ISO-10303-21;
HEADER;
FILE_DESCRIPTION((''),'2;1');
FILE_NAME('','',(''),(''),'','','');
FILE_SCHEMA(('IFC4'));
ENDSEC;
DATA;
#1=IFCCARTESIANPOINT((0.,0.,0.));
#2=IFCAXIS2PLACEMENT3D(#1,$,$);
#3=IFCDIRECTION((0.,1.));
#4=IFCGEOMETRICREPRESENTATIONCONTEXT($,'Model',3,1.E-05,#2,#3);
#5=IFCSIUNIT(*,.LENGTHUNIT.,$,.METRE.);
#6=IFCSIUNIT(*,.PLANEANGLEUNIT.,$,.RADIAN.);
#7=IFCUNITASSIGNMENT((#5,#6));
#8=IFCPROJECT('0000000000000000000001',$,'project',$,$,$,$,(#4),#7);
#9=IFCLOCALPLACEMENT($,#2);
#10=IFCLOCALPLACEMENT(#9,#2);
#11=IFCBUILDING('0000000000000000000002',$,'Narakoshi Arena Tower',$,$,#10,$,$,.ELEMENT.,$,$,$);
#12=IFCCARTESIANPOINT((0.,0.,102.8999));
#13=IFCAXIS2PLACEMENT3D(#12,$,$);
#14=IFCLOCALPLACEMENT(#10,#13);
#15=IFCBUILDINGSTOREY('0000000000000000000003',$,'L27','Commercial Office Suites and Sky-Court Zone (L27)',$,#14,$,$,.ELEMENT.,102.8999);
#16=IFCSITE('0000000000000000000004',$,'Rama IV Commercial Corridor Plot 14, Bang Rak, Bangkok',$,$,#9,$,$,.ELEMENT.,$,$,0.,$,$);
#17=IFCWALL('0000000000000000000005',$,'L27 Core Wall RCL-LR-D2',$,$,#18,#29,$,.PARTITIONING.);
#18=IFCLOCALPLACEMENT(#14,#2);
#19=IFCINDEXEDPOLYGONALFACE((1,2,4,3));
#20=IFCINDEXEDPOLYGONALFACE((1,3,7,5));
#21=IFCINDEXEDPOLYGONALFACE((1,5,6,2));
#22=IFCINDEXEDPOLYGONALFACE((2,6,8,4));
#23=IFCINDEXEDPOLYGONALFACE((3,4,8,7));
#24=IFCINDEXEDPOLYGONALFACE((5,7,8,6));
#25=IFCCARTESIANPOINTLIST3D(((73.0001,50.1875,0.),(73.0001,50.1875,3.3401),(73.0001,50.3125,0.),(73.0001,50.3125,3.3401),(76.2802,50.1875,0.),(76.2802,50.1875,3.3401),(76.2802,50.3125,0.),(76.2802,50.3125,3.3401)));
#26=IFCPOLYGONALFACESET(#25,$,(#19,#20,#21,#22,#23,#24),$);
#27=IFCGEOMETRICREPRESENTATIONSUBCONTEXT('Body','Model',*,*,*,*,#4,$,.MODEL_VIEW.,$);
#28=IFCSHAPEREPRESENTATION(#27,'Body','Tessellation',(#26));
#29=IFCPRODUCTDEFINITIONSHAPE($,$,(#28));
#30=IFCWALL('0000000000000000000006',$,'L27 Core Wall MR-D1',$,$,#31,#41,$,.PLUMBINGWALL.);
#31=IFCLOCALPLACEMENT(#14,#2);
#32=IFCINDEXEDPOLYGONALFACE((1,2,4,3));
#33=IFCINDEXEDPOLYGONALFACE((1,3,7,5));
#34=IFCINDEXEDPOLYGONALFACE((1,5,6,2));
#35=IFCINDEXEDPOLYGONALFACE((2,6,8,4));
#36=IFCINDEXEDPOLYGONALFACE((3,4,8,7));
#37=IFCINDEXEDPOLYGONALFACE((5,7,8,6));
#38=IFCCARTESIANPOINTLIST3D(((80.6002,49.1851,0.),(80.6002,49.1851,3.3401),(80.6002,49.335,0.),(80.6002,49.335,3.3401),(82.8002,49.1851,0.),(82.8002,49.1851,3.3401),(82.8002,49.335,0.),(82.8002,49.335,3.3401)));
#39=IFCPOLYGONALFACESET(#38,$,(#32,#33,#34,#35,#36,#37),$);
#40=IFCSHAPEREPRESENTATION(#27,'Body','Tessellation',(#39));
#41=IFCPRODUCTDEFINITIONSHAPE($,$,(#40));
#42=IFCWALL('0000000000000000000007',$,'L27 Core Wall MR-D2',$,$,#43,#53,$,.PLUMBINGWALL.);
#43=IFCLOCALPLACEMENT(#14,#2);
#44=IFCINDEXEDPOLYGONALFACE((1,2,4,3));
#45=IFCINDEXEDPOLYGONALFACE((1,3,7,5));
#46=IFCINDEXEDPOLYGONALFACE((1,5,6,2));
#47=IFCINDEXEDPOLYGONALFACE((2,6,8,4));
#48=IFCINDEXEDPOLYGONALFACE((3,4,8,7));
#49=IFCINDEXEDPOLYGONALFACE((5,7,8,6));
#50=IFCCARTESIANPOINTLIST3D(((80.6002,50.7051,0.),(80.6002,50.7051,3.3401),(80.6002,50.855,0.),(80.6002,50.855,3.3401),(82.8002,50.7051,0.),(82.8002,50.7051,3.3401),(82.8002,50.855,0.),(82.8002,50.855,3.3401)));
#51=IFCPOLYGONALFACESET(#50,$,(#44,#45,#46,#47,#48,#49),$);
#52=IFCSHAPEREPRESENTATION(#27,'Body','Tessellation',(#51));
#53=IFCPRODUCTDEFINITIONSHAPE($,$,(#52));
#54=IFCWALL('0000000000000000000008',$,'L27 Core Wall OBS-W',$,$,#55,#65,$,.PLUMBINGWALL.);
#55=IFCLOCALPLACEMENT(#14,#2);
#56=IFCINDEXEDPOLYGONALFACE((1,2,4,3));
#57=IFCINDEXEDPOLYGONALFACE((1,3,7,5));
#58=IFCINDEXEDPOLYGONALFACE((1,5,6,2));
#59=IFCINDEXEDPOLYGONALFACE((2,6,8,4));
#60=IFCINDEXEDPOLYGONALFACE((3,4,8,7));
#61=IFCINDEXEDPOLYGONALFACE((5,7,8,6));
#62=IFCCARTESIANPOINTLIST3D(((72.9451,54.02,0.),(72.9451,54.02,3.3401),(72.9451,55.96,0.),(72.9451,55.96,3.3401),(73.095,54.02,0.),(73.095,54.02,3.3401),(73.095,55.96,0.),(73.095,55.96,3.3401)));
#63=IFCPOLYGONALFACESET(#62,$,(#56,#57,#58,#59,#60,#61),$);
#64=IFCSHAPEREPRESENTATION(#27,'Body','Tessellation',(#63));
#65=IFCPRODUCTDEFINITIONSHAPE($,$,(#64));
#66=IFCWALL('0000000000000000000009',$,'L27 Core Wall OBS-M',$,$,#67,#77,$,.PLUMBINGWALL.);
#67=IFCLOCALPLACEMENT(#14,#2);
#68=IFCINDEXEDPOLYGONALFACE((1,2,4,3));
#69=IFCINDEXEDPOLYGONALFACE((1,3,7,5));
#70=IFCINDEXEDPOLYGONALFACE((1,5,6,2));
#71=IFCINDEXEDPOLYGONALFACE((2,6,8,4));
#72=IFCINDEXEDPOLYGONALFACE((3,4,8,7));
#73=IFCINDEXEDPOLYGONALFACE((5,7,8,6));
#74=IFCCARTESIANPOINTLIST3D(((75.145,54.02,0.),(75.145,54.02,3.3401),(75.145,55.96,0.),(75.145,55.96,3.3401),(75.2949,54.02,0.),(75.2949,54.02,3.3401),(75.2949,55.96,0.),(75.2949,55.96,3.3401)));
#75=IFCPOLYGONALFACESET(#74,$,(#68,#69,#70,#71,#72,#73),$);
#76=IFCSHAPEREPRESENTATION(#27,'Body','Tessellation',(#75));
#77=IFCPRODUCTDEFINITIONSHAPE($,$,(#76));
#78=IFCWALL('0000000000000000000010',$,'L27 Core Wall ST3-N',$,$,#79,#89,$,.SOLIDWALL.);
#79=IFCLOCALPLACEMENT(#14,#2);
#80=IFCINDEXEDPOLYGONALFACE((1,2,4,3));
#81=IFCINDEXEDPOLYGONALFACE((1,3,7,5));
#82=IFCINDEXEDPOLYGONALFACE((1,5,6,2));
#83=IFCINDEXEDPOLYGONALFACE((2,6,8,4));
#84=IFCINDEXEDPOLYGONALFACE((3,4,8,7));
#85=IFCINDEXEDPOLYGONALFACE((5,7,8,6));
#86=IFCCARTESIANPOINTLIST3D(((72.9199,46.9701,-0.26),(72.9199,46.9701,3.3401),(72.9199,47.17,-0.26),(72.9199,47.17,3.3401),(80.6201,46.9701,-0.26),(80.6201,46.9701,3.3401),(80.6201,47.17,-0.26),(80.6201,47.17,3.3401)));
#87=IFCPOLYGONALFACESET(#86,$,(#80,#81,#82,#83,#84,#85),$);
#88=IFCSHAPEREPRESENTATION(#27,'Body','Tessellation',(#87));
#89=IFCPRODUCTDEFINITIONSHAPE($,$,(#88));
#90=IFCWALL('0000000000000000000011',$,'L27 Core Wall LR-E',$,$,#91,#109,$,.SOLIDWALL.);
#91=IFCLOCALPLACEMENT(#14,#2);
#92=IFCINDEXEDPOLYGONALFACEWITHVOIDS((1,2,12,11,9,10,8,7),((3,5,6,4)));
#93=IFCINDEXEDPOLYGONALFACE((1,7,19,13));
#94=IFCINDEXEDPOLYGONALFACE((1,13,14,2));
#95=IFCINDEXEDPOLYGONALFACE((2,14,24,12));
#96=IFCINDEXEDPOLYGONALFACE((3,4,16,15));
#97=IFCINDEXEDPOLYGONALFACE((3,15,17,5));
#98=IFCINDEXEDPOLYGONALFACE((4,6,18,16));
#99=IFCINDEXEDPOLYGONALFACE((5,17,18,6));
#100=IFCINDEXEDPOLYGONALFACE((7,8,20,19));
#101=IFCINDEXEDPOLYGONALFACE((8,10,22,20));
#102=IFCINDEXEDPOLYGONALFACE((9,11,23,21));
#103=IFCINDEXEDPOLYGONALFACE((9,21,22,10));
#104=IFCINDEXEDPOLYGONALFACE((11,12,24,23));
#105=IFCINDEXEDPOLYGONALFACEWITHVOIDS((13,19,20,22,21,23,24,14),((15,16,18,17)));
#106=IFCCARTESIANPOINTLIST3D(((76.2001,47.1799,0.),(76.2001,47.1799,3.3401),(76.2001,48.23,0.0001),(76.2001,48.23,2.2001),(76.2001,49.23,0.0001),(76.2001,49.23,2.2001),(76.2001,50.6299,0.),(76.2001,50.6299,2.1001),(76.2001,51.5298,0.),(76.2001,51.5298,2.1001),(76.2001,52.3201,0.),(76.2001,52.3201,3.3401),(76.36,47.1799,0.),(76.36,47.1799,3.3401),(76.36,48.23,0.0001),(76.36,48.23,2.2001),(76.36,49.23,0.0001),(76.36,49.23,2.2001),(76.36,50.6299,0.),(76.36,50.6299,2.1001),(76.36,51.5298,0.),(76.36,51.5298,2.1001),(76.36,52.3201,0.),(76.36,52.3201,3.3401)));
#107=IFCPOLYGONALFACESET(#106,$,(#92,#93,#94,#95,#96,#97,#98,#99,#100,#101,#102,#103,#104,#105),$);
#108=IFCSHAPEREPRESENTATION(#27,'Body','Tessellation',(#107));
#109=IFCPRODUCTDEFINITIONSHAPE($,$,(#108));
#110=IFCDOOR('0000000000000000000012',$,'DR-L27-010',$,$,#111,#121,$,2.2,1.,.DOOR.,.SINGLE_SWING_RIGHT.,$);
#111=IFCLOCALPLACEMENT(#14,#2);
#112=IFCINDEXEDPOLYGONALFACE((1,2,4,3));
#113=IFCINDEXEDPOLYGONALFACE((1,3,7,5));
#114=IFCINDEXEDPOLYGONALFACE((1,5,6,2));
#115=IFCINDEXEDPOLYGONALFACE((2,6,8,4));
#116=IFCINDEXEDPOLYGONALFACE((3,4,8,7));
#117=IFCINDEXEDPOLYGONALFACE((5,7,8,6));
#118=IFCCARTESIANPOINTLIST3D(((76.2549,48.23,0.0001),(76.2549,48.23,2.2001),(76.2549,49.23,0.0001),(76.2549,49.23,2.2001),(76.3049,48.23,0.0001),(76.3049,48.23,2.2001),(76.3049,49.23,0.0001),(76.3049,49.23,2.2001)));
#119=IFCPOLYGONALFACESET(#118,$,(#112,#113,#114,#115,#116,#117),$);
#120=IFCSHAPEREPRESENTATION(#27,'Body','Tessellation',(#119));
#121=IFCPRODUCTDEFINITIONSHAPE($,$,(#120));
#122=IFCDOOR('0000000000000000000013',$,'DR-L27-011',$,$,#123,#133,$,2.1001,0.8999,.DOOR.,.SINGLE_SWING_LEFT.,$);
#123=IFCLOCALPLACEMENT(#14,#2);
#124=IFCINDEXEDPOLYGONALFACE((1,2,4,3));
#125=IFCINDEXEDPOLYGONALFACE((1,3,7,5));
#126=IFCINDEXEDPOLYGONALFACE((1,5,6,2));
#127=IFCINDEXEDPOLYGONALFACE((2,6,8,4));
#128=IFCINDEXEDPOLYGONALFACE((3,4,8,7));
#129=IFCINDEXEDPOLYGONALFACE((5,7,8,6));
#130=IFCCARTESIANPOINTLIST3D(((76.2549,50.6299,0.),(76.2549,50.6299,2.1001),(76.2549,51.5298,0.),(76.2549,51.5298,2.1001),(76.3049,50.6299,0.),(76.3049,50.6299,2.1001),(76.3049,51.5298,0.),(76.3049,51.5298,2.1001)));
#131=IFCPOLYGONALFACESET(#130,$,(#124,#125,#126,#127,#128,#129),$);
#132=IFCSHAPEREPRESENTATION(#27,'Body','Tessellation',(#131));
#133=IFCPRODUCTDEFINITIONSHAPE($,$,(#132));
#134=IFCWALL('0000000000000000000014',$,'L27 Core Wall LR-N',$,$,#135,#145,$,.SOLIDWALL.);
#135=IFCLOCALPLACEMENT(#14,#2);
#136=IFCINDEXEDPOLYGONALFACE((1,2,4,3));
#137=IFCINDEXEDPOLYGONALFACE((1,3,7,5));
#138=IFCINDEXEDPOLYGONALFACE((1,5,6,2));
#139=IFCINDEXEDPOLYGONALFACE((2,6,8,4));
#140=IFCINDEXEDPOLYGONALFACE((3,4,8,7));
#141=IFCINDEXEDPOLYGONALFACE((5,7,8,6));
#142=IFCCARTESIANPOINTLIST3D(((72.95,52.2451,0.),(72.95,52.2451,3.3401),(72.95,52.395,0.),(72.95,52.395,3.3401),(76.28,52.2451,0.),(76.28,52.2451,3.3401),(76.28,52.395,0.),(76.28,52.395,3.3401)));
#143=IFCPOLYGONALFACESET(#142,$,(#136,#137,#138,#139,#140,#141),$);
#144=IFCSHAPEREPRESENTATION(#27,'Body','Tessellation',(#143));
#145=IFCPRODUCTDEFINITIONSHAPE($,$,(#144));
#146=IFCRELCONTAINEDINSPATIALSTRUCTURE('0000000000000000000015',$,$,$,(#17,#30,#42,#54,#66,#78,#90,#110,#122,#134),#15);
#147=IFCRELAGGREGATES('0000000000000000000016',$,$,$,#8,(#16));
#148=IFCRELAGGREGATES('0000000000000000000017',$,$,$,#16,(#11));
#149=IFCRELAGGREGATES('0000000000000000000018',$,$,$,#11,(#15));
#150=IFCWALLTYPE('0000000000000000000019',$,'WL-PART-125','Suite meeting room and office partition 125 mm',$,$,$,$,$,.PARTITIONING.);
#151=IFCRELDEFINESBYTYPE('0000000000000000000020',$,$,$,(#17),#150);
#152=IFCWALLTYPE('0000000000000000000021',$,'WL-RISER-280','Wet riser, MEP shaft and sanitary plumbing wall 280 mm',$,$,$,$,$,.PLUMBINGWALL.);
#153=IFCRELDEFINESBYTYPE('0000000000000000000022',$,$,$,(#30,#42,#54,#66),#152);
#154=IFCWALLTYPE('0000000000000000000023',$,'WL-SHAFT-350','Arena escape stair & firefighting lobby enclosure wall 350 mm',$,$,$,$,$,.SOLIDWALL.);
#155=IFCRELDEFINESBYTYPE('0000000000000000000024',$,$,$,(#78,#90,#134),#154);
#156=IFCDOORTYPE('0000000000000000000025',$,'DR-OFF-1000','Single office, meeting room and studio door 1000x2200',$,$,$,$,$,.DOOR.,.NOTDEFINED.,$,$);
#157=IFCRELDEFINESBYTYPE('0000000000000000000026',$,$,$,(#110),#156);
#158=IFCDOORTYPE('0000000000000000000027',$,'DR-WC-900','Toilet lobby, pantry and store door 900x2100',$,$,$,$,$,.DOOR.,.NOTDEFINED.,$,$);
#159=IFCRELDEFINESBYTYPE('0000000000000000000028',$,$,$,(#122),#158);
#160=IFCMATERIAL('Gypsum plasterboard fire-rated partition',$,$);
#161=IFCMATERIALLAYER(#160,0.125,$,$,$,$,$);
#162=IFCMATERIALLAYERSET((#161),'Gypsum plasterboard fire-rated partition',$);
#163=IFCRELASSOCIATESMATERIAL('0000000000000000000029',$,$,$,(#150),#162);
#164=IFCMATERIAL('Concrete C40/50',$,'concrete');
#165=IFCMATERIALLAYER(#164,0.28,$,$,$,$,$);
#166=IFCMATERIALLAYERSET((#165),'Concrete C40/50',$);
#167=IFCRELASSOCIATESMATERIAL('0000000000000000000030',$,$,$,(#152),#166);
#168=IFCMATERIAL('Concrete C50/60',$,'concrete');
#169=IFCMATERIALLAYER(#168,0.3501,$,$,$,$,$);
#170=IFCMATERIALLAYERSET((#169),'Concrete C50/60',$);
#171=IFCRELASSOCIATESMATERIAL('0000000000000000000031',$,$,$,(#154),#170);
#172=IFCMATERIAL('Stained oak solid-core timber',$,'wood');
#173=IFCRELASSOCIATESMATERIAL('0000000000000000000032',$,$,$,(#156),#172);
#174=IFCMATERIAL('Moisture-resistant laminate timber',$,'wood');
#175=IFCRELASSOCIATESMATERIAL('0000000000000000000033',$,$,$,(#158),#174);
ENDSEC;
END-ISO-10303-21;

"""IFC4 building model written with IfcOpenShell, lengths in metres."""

from ifc_helpers import new_model, si_unit, direction, frame, frame_2d, origin, place, context, subcontext, project, spatial, rectangle, extrude, material, layer, layer_set, type_object, element, fill, save


model = new_model("IFC4")

# Units and contexts
model_context = context("Model", 3, precision=1e-05, world=origin(), true_north=direction((0.0, 1.0)))
body_context = subcontext(model_context, "Body", "Model", "MODEL_VIEW")
ifc_project = project(units=[si_unit("LENGTHUNIT", "METRE"), si_unit("PLANEANGLEUNIT", "RADIAN")], contexts=[model_context])

# Site, building, storey
site_placement = place(None, origin())
site = spatial("IfcSite", under=ifc_project, at=site_placement, Name="Rama IV Commercial Corridor Plot 14, Bang Rak, Bangkok", CompositionType="ELEMENT", RefElevation=0.0)
building_placement = place(site_placement, origin())
building = spatial("IfcBuilding", under=site, at=building_placement, Name="Narakoshi Arena Tower", CompositionType="ELEMENT")
storey_placement = place(building_placement, frame((0.0, 0.0, 102.8999)))
storey = spatial("IfcBuildingStorey", under=building, at=storey_placement, Name="L27", Description="Commercial Office Suites and Sky-Court Zone (L27)", CompositionType="ELEMENT", Elevation=102.8999)

# Walls
ifc_material_1 = material(Name="Gypsum plasterboard fire-rated partition")
ifc_layer_1 = layer(ifc_material_1, 0.125)
ifc_layer_set_1 = layer_set([ifc_layer_1], Name="Gypsum plasterboard fire-rated partition")
wall_type_1 = type_object("IfcWallType", Name="WL-PART-125", Description="Suite meeting room and office partition 125 mm", PredefinedType="PARTITIONING", material=ifc_layer_set_1)
wall_1_placement = place(storey_placement, frame((73.0, 50.25, 0.0), z_axis=(0.0, 0.0, 1.0), x_axis=(1.0, 0.0, 0.0)))
element("IfcWall", 1, at=wall_1_placement, inside=storey, type_object=wall_type_1, Name="L27 Core Wall RCL-LR-D2", PredefinedType="PARTITIONING", context=body_context, shape_type="SweptSolid", body=[
    extrude(rectangle(XDim=3.28, YDim=0.125, at=frame_2d((1.6401, 0.0))), origin(), (0.0, 0.0, 1.0), 3.3401),
])
ifc_material_2 = material(Name="Concrete C40/50", Category="concrete")
ifc_layer_2 = layer(ifc_material_2, 0.28)
ifc_layer_set_2 = layer_set([ifc_layer_2], Name="Concrete C40/50")
wall_type_2 = type_object("IfcWallType", Name="WL-RISER-280", Description="Wet riser, MEP shaft and sanitary plumbing wall 280 mm", PredefinedType="PLUMBINGWALL", material=ifc_layer_set_2)
for number, where, z_axis, x_axis, name in (
    (2, (80.6001, 49.26, 0.0), (0.0, 0.0, 1.0), (1.0, 0.0, 0.0), "L27 Core Wall MR-D1"),
    (3, (80.6001, 50.78, 0.0), (0.0, 0.0, 1.0), (1.0, 0.0, 0.0), "L27 Core Wall MR-D2"),
):
    element("IfcWall", number, at=place(storey_placement, frame(where, z_axis=z_axis, x_axis=x_axis)), inside=storey, type_object=wall_type_2, Name=name, PredefinedType="PLUMBINGWALL", context=body_context, shape_type="SweptSolid", body=[
        extrude(rectangle(XDim=2.2, YDim=0.1499, at=frame_2d((1.1001, 0.0))), origin(), (0.0, 0.0, 1.0), 3.3401),
    ])
for number, where, z_axis, x_axis, name in (
    (4, (73.02, 54.02, 0.0), (0.0, 0.0, 1.0), (0.0, 1.0, 0.0), "L27 Core Wall OBS-W"),
    (5, (75.22, 54.02, 0.0), (0.0, 0.0, 1.0), (0.0, 1.0, 0.0), "L27 Core Wall OBS-M"),
):
    element("IfcWall", number, at=place(storey_placement, frame(where, z_axis=z_axis, x_axis=x_axis)), inside=storey, type_object=wall_type_2, Name=name, PredefinedType="PLUMBINGWALL", context=body_context, shape_type="SweptSolid", body=[
        extrude(rectangle(XDim=1.9399, YDim=0.1499, at=frame_2d((0.97, 0.0))), origin(), (0.0, 0.0, 1.0), 3.3401),
    ])
ifc_material_3 = material(Name="Concrete C50/60", Category="concrete")
ifc_layer_3 = layer(ifc_material_3, 0.3501)
ifc_layer_set_3 = layer_set([ifc_layer_3], Name="Concrete C50/60")
wall_type_3 = type_object("IfcWallType", Name="WL-SHAFT-350", Description="Arena escape stair & firefighting lobby enclosure wall 350 mm", PredefinedType="SOLIDWALL", material=ifc_layer_set_3)
wall_2_placement = place(storey_placement, frame((72.9199, 47.0701, -0.26), z_axis=(0.0, 0.0, 1.0), x_axis=(1.0, 0.0, 0.0)))
element("IfcWall", 6, at=wall_2_placement, inside=storey, type_object=wall_type_3, Name="L27 Core Wall ST3-N", PredefinedType="SOLIDWALL", context=body_context, shape_type="SweptSolid", body=[
    extrude(rectangle(XDim=7.7002, YDim=0.2, at=frame_2d((3.8501, 0.0))), origin(), (0.0, 0.0, 1.0), 3.6001),
])

# Wall, openings, doors
wall_3_placement = place(storey_placement, frame((76.28, 47.1799, 0.0), z_axis=(0.0, 0.0, 1.0), x_axis=(0.0, 1.0, 0.0)))
wall_3 = element("IfcWall", 7, at=wall_3_placement, inside=storey, type_object=wall_type_3, Name="L27 Core Wall LR-E", PredefinedType="SOLIDWALL", context=body_context, shape_type="SweptSolid", body=[
    extrude(rectangle(XDim=5.1401, YDim=0.1599, at=frame_2d((2.5701, 0.0))), origin(), (0.0, 0.0, 1.0), 3.3401),
])
opening_1_placement = place(wall_3_placement, frame((1.05, 0.0, 0.0)))
opening_1 = element("IfcOpeningElement", 8, at=opening_1_placement, cuts=wall_3, PredefinedType="OPENING", context=body_context, shape_type="SweptSolid", body=[
    extrude(rectangle(XDim=1.0, YDim=2.2, at=frame_2d((0.5, 1.1001))), frame((0.0, 0.0898, 0.0), z_axis=(0.0, -1.0, 0.0), x_axis=(1.0, 0.0, 0.0)), (0.0, 0.0, 1.0), 0.1799),
])
opening_2_placement = place(wall_3_placement, frame((3.45, 0.0, 0.0)))
opening_2 = element("IfcOpeningElement", 9, at=opening_2_placement, cuts=wall_3, PredefinedType="OPENING", context=body_context, shape_type="SweptSolid", body=[
    extrude(rectangle(XDim=0.8999, YDim=2.1001, at=frame_2d((0.45, 1.05))), frame((0.0, 0.0898, 0.0), z_axis=(0.0, -1.0, 0.0), x_axis=(1.0, 0.0, 0.0)), (0.0, 0.0, 1.0), 0.1799),
])
ifc_material_4 = material(Name="Stained oak solid-core timber", Category="wood")
door_type_1 = type_object("IfcDoorType", Name="DR-OFF-1000", Description="Single office, meeting room and studio door 1000x2200", OperationType="NOTDEFINED", PredefinedType="DOOR", material=ifc_material_4)
door_1_placement = place(opening_1_placement, frame((1.0, 0.0, 0.0), z_axis=(0.0, 0.0, 1.0), x_axis=(-1.0, 0.0, 0.0)))
door_1 = element("IfcDoor", 10, at=door_1_placement, inside=storey, type_object=door_type_1, Name="DR-L27-010", OperationType="SINGLE_SWING_RIGHT", OverallHeight=2.2, OverallWidth=1.0, PredefinedType="DOOR", context=body_context, shape_type="SweptSolid", body=[
    extrude(rectangle(XDim=1.0, YDim=2.2, at=frame_2d((0.5, 1.1001))), frame((0.0, 0.0249, 0.0), z_axis=(0.0, -1.0, 0.0), x_axis=(1.0, 0.0, 0.0)), (0.0, 0.0, 1.0), 0.05),
])
fill(opening_1, door_1)
ifc_material_5 = material(Name="Moisture-resistant laminate timber", Category="wood")
door_type_2 = type_object("IfcDoorType", Name="DR-WC-900", Description="Toilet lobby, pantry and store door 900x2100", OperationType="NOTDEFINED", PredefinedType="DOOR", material=ifc_material_5)
door_2_placement = place(opening_2_placement, frame((0.8999, 0.0, 0.0), z_axis=(0.0, 0.0, 1.0), x_axis=(-1.0, 0.0, 0.0)))
door_2 = element("IfcDoor", 11, at=door_2_placement, inside=storey, type_object=door_type_2, Name="DR-L27-011", OperationType="SINGLE_SWING_LEFT", OverallHeight=2.1001, OverallWidth=0.8999, PredefinedType="DOOR", context=body_context, shape_type="SweptSolid", body=[
    extrude(rectangle(XDim=0.8999, YDim=2.1001, at=frame_2d((0.45, 1.05))), frame((0.0, 0.0249, 0.0), z_axis=(0.0, -1.0, 0.0), x_axis=(1.0, 0.0, 0.0)), (0.0, 0.0, 1.0), 0.05),
])
fill(opening_2, door_2)

# Wall
wall_4_placement = place(storey_placement, frame((72.95, 52.3201, 0.0), z_axis=(0.0, 0.0, 1.0), x_axis=(1.0, 0.0, 0.0)))
element("IfcWall", 12, at=wall_4_placement, inside=storey, type_object=wall_type_3, Name="L27 Core Wall LR-N", PredefinedType="SOLIDWALL", context=body_context, shape_type="SweptSolid", body=[
    extrude(rectangle(XDim=3.3301, YDim=0.1499, at=frame_2d((1.665, 0.0))), origin(), (0.0, 0.0, 1.0), 3.3401),
])

save(model, "model.ifc")
